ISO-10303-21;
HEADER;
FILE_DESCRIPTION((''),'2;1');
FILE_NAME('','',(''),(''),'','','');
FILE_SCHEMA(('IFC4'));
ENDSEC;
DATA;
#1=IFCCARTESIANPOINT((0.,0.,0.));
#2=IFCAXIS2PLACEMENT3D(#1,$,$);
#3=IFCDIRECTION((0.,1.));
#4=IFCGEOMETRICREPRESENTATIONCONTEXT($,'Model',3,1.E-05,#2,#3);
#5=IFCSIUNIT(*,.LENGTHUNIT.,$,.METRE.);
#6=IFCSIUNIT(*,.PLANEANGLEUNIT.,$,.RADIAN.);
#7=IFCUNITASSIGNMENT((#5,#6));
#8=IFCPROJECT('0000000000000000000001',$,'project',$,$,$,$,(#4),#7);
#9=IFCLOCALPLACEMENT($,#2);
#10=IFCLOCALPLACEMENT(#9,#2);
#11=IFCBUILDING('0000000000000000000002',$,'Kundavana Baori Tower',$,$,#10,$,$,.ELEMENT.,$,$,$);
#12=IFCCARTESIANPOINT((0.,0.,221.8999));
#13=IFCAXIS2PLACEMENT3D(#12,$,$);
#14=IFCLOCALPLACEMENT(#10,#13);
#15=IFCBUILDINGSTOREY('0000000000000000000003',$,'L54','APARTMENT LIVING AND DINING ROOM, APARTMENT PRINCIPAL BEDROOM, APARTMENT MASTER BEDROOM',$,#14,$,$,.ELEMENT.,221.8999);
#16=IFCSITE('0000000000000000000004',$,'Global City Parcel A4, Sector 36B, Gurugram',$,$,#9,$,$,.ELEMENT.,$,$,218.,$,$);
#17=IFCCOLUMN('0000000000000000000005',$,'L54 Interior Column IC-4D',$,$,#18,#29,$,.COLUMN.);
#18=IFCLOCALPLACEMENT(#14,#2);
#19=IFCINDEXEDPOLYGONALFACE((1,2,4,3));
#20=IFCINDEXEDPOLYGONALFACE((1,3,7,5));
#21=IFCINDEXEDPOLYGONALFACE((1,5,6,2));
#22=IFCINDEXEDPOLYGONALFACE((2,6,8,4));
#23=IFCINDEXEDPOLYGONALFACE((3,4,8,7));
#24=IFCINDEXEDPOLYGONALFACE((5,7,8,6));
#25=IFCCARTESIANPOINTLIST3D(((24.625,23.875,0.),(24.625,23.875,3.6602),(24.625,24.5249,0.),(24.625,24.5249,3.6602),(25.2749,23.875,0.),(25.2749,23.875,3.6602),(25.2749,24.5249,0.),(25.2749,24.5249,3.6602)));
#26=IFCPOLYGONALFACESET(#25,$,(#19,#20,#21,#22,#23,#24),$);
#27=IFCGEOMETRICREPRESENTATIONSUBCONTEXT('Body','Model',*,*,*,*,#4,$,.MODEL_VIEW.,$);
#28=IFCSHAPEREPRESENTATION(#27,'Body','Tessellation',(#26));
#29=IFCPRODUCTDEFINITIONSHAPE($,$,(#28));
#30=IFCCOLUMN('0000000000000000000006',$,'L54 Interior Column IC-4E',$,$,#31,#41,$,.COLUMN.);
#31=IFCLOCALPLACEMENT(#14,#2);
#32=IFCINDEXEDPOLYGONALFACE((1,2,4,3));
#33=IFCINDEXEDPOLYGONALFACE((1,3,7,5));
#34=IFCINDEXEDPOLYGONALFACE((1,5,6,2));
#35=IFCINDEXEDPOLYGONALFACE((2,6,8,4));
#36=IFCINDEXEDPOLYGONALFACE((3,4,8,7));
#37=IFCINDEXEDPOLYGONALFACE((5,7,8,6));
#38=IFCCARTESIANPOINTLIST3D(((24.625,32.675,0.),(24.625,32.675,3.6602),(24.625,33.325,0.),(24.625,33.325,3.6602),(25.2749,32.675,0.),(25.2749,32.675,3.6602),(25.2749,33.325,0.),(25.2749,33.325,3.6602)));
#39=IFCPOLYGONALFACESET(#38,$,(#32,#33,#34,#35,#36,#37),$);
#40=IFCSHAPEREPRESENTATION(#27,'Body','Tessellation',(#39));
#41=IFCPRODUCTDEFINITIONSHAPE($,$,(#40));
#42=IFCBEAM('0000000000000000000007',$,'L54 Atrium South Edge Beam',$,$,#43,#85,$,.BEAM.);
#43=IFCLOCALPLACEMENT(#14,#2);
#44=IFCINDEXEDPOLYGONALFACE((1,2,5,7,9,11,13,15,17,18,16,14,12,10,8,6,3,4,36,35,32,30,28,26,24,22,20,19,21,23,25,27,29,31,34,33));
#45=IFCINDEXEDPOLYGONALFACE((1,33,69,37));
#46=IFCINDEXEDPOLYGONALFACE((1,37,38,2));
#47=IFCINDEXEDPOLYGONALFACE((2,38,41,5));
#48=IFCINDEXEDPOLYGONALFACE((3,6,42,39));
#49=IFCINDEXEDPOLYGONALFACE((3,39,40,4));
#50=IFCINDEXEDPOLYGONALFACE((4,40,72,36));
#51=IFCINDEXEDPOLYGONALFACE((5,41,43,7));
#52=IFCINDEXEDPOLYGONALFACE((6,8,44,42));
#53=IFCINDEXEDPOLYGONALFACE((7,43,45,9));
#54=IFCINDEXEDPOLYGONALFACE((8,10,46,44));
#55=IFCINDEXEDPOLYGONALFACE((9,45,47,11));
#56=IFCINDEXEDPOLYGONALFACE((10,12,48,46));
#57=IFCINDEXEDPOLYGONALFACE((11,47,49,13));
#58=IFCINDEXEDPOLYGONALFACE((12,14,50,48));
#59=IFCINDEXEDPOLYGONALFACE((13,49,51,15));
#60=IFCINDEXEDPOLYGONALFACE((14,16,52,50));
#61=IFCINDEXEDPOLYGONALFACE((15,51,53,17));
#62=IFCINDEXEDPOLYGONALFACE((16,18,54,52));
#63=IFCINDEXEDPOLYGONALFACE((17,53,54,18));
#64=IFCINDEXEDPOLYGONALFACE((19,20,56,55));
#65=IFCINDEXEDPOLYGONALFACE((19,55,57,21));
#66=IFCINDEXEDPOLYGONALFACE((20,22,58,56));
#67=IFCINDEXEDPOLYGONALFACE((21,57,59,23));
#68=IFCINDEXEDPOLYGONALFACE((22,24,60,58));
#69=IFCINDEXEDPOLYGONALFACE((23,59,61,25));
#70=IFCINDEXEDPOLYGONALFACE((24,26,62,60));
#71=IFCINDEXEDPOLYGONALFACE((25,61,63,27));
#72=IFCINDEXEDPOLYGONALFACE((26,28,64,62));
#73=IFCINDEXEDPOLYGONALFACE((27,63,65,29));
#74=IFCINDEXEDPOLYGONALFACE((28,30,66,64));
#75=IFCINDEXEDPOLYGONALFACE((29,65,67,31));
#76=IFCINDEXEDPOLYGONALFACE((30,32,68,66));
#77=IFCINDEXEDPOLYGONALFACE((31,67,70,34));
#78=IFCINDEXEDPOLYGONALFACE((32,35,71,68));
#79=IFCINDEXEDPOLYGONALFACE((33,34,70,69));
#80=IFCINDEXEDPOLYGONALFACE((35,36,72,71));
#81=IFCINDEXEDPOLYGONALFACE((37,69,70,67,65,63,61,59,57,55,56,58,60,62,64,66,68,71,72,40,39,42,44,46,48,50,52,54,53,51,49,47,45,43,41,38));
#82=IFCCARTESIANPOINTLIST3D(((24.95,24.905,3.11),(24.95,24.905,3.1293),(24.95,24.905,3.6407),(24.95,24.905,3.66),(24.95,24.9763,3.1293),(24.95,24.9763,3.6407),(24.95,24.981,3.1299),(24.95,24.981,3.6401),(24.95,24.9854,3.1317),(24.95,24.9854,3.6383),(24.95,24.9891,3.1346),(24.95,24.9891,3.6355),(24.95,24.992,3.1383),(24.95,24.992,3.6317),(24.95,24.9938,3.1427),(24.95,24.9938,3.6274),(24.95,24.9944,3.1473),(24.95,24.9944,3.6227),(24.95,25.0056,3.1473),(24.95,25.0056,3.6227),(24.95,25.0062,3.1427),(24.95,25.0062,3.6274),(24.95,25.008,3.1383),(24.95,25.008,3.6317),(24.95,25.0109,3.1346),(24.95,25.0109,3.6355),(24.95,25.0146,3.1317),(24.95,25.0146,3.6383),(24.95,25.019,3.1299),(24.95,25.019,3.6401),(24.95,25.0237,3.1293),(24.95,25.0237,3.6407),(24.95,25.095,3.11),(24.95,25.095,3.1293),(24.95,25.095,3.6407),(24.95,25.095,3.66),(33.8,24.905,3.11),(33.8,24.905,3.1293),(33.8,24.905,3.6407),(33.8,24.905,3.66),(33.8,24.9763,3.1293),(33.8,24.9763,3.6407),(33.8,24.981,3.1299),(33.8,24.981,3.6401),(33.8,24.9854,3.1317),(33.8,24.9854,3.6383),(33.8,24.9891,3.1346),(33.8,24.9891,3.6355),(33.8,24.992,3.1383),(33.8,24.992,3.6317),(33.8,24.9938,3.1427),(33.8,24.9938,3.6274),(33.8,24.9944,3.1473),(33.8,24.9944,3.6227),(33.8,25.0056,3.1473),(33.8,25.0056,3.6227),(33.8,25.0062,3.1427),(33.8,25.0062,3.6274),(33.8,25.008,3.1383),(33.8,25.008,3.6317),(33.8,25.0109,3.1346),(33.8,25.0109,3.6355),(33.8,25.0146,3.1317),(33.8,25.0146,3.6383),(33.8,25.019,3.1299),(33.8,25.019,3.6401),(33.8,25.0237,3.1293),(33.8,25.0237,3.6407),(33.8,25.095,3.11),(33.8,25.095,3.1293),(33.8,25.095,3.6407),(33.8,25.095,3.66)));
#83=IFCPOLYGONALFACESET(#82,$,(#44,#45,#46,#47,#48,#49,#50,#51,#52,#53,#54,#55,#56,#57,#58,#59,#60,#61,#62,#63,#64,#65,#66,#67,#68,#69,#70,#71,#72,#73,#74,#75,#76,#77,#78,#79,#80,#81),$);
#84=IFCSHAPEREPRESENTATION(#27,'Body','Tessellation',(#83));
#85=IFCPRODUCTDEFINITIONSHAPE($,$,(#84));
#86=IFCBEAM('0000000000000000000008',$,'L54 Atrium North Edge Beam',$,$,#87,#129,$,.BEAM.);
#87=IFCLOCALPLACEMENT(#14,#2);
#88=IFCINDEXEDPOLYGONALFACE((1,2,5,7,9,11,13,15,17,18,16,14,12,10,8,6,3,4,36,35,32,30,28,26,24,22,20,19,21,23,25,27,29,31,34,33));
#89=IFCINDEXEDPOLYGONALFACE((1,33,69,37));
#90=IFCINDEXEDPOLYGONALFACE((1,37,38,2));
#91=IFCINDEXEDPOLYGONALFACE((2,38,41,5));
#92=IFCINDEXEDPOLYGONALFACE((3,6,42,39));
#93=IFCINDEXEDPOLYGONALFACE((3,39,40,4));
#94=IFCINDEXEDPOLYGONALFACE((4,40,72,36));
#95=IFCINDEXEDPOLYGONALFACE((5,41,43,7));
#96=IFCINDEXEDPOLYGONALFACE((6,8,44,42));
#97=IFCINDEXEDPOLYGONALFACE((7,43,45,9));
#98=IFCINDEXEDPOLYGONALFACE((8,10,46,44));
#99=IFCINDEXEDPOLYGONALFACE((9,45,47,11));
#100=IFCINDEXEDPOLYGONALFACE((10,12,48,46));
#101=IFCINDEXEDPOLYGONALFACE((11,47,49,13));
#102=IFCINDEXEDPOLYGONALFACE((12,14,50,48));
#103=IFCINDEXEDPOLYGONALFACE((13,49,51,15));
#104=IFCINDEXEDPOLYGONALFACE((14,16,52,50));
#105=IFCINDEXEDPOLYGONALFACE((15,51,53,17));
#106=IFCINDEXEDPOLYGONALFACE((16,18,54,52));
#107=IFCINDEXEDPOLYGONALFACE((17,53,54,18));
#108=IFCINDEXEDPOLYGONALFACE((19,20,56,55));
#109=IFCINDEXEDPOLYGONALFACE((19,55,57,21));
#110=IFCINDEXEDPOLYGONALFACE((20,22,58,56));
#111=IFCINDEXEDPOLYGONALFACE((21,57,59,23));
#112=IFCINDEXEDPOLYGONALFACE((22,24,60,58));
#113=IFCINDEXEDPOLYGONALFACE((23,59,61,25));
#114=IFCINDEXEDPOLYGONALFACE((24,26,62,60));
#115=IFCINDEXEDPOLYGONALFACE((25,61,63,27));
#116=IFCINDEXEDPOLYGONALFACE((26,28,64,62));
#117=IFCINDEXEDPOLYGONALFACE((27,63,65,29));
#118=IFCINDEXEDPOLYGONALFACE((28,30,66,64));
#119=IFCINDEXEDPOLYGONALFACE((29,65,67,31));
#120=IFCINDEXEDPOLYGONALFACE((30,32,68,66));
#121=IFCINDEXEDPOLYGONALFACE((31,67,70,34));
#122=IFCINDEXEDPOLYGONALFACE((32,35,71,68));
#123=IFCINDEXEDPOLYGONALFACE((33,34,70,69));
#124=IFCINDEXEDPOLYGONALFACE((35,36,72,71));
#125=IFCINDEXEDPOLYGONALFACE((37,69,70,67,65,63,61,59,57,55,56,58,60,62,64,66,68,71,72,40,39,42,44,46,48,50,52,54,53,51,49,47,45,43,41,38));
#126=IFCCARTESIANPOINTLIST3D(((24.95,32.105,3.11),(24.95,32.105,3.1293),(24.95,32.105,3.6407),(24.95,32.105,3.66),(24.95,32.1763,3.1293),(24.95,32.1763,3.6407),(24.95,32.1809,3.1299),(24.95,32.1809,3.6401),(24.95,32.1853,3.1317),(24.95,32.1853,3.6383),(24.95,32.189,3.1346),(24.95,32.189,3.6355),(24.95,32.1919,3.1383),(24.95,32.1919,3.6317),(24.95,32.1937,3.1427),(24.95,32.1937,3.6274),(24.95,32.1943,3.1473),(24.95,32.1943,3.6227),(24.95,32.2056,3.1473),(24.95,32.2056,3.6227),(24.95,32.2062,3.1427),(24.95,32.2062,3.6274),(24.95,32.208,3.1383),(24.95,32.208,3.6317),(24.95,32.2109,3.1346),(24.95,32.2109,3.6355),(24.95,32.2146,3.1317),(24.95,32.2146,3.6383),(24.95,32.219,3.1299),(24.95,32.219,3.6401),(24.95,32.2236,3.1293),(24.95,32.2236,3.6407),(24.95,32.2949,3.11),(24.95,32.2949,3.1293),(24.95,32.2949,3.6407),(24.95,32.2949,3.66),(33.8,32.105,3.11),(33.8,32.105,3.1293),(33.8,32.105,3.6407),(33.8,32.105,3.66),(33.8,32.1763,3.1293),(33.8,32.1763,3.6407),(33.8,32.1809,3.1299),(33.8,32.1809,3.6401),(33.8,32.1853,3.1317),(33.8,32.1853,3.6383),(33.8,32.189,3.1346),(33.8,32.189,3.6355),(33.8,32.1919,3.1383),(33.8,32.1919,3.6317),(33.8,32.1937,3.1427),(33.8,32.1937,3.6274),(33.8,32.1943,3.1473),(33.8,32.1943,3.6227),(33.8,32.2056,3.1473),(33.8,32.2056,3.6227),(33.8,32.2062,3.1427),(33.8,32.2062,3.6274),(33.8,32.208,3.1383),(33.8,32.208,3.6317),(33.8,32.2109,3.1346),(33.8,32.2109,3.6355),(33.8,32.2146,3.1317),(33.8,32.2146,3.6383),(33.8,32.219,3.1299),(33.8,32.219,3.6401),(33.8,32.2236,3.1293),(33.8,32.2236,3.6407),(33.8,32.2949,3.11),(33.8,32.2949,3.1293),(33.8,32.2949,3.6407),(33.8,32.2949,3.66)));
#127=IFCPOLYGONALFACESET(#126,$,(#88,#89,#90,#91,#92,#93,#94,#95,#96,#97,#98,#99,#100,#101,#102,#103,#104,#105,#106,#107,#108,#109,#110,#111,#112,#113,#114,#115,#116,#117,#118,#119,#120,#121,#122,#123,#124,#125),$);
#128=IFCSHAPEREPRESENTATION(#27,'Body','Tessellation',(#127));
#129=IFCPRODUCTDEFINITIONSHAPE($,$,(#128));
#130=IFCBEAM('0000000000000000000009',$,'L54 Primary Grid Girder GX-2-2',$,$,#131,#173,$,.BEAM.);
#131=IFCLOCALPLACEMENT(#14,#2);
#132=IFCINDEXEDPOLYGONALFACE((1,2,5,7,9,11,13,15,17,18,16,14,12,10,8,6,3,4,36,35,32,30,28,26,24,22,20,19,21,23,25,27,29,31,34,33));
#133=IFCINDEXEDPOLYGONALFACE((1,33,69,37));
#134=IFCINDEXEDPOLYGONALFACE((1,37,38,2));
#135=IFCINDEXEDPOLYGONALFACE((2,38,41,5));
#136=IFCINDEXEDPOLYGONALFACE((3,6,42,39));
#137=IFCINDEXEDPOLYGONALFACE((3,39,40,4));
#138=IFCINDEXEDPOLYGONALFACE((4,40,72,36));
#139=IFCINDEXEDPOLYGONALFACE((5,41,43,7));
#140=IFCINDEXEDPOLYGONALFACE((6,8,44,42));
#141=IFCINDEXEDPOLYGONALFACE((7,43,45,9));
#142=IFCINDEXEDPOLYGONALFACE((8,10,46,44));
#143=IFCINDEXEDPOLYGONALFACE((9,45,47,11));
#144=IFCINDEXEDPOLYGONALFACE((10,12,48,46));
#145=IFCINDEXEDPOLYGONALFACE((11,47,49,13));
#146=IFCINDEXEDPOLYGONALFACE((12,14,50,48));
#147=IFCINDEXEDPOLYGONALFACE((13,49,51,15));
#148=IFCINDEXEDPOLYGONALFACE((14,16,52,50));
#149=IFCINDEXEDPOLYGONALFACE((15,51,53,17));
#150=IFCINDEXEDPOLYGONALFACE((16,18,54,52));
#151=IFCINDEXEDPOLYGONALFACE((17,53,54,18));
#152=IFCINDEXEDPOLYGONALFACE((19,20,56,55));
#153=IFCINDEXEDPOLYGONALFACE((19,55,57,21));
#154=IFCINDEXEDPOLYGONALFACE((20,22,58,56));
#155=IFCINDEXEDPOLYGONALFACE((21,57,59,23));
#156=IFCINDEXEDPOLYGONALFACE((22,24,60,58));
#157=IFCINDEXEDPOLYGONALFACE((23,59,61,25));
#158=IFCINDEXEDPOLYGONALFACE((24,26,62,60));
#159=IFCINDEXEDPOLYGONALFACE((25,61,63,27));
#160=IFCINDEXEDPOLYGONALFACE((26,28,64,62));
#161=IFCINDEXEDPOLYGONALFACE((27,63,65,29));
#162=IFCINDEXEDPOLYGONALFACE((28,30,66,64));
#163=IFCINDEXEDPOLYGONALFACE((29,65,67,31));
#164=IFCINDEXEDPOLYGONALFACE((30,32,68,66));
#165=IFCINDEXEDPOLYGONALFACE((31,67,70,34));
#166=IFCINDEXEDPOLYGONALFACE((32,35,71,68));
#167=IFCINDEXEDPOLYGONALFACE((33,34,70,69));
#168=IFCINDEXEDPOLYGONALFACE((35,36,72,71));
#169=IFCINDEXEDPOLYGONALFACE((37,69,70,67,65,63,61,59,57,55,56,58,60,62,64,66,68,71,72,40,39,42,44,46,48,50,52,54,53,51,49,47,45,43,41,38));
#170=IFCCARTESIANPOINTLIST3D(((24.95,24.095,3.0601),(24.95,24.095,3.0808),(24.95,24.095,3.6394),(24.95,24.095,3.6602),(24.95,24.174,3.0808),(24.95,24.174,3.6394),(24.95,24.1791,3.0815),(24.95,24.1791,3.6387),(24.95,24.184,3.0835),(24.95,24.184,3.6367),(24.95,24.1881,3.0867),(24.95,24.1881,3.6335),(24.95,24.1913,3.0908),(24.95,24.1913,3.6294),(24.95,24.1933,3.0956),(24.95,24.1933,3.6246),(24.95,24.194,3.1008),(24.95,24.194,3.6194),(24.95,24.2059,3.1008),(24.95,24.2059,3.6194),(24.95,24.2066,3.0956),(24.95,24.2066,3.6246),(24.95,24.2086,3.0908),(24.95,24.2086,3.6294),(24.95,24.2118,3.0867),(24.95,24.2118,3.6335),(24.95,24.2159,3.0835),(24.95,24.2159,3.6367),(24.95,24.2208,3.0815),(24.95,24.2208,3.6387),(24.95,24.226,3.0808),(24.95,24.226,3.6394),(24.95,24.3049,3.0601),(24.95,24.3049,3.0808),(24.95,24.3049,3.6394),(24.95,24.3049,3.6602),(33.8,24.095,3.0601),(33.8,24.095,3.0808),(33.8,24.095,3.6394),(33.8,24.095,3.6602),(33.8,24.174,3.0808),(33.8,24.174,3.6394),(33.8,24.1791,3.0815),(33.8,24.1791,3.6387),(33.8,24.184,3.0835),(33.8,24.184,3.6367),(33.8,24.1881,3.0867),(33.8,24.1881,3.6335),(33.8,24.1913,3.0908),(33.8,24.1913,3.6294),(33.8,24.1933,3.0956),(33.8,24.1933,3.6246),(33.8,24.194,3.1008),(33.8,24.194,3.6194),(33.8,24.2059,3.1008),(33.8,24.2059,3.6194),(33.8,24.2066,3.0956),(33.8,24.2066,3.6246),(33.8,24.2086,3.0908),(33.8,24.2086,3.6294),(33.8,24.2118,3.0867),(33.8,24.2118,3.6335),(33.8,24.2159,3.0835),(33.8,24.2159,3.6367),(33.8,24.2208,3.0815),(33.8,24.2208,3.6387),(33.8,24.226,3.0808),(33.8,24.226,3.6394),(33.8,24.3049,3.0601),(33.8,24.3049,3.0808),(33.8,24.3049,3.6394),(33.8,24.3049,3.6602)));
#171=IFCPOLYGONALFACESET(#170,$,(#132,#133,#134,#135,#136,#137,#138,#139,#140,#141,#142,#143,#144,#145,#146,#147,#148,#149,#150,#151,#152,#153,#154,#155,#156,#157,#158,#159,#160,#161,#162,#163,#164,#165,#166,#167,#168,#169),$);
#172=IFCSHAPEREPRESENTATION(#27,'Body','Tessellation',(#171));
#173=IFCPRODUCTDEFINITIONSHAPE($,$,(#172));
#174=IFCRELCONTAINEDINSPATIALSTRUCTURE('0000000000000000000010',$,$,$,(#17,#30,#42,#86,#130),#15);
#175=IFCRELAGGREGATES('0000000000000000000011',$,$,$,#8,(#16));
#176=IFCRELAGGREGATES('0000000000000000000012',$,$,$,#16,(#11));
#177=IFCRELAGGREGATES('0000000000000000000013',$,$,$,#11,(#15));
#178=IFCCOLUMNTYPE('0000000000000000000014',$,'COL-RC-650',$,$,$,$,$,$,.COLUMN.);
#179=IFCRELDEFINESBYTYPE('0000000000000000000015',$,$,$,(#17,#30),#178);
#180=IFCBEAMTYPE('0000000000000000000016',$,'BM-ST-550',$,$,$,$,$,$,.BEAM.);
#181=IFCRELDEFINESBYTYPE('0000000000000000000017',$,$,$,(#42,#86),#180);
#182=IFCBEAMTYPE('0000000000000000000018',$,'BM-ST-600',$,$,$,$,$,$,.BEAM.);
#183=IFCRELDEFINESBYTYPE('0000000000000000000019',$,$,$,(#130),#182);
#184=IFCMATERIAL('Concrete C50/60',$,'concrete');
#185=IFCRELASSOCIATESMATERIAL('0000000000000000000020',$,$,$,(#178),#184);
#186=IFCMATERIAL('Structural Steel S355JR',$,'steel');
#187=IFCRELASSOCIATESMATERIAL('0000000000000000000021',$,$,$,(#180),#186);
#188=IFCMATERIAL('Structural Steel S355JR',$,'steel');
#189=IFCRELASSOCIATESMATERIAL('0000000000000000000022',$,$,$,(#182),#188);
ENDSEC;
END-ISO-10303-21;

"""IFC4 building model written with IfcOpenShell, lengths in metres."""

from ifc_helpers import new_model, si_unit, direction, frame, origin, origin_2d, place, context, subcontext, project, spatial, rectangle, i_section, extrude, material, material_profile, profile_set, type_object, element, save


model = new_model("IFC4")

# Units and contexts
model_context = context("Model", 3, precision=1e-05, world=origin(), true_north=direction((0.0, 1.0)))
body_context = subcontext(model_context, "Body", "Model", "MODEL_VIEW")
ifc_project = project(units=[si_unit("LENGTHUNIT", "METRE"), si_unit("PLANEANGLEUNIT", "RADIAN")], contexts=[model_context])

# Site, building, storey
site_placement = place(None, origin())
site = spatial("IfcSite", under=ifc_project, at=site_placement, Name="Global City Parcel A4, Sector 36B, Gurugram", CompositionType="ELEMENT", RefElevation=218.0)
building_placement = place(site_placement, origin())
building = spatial("IfcBuilding", under=site, at=building_placement, Name="Kundavana Baori Tower", CompositionType="ELEMENT")
storey_placement = place(building_placement, frame((0.0, 0.0, 221.8999)))
storey = spatial("IfcBuildingStorey", under=building, at=storey_placement, Name="L54", Description="APARTMENT LIVING AND DINING ROOM, APARTMENT PRINCIPAL BEDROOM, APARTMENT MASTER BEDROOM", CompositionType="ELEMENT", Elevation=221.8999)

# Columns
ifc_material_1 = material(Name="Concrete C50/60", Category="concrete")
ifc_material_profile_1 = material_profile(ifc_material_1, rectangle(XDim=0.6499, YDim=0.6499, at=origin_2d()), Name="RC 650x650")
ifc_profile_set_1 = profile_set([ifc_material_profile_1], Name="Concrete C50/60")
column_type = type_object("IfcColumnType", Name="COL-RC-650", PredefinedType="COLUMN", material=ifc_profile_set_1)
for number, where, z_axis, x_axis, name in (
    (1, (24.95, 24.2, 0.0), (0.0, 0.0, 1.0), (1.0, 0.0, 0.0), "L54 Interior Column IC-4D"),
    (2, (24.95, 33.0, 0.0), (0.0, 0.0, 1.0), (1.0, 0.0, 0.0), "L54 Interior Column IC-4E"),
):
    element("IfcColumn", number, at=place(storey_placement, frame(where, z_axis=z_axis, x_axis=x_axis)), inside=storey, type_object=column_type, Name=name, PredefinedType="COLUMN", context=body_context, shape_type="SweptSolid", body=[
        extrude(rectangle(XDim=0.6499, YDim=0.6499, at=origin_2d()), origin(), (0.0, 0.0, 1.0), 3.6602),
    ])

# Beams
ifc_material_2 = material(Name="Structural Steel S355JR", Category="steel")
ifc_material_profile_2 = material_profile(ifc_material_2, i_section(OverallWidth=0.1899, OverallDepth=0.55, WebThickness=0.0112, FlangeThickness=0.0193, FilletRadius=0.0181, at=origin_2d()), Name="ISMB 550")
ifc_profile_set_2 = profile_set([ifc_material_profile_2], Name="Structural Steel S355JR")
beam_type_1 = type_object("IfcBeamType", Name="BM-ST-550", PredefinedType="BEAM", material=ifc_profile_set_2)
for number, where, z_axis, x_axis, name in (
    (3, (24.95, 25.0, 3.385), (1.0, 0.0, 0.0), (0.0, 1.0, 0.0), "L54 Atrium South Edge Beam"),
    (4, (24.95, 32.2, 3.385), (1.0, 0.0, 0.0), (0.0, 1.0, 0.0), "L54 Atrium North Edge Beam"),
):
    element("IfcBeam", number, at=place(storey_placement, frame(where, z_axis=z_axis, x_axis=x_axis)), inside=storey, type_object=beam_type_1, Name=name, PredefinedType="BEAM", context=body_context, shape_type="SweptSolid", body=[
        extrude(i_section(OverallWidth=0.1899, OverallDepth=0.55, WebThickness=0.0112, FlangeThickness=0.0193, FilletRadius=0.0181, at=origin_2d()), origin(), (0.0, 0.0, 1.0), 8.8501),
    ])
ifc_material_3 = material(Name="Structural Steel S355JR", Category="steel")
ifc_material_profile_3 = material_profile(ifc_material_3, i_section(OverallWidth=0.21, OverallDepth=0.6001, WebThickness=0.012, FlangeThickness=0.0208, FilletRadius=0.02, at=origin_2d()), Name="ISMB 600")
ifc_profile_set_3 = profile_set([ifc_material_profile_3], Name="Structural Steel S355JR")
beam_type_2 = type_object("IfcBeamType", Name="BM-ST-600", PredefinedType="BEAM", material=ifc_profile_set_3)
for number, where, z_axis, x_axis, name in (
    (5, (24.95, 24.2, 3.3601), (1.0, 0.0, 0.0), (0.0, 1.0, 0.0), "L54 Primary Grid Girder GX-2-2"),
):
    element("IfcBeam", number, at=place(storey_placement, frame(where, z_axis=z_axis, x_axis=x_axis)), inside=storey, type_object=beam_type_2, Name=name, PredefinedType="BEAM", context=body_context, shape_type="SweptSolid", body=[
        extrude(i_section(OverallWidth=0.21, OverallDepth=0.6001, WebThickness=0.012, FlangeThickness=0.0208, FilletRadius=0.02, at=origin_2d()), origin(), (0.0, 0.0, 1.0), 8.8501),
    ])

save(model, "model.ifc")
